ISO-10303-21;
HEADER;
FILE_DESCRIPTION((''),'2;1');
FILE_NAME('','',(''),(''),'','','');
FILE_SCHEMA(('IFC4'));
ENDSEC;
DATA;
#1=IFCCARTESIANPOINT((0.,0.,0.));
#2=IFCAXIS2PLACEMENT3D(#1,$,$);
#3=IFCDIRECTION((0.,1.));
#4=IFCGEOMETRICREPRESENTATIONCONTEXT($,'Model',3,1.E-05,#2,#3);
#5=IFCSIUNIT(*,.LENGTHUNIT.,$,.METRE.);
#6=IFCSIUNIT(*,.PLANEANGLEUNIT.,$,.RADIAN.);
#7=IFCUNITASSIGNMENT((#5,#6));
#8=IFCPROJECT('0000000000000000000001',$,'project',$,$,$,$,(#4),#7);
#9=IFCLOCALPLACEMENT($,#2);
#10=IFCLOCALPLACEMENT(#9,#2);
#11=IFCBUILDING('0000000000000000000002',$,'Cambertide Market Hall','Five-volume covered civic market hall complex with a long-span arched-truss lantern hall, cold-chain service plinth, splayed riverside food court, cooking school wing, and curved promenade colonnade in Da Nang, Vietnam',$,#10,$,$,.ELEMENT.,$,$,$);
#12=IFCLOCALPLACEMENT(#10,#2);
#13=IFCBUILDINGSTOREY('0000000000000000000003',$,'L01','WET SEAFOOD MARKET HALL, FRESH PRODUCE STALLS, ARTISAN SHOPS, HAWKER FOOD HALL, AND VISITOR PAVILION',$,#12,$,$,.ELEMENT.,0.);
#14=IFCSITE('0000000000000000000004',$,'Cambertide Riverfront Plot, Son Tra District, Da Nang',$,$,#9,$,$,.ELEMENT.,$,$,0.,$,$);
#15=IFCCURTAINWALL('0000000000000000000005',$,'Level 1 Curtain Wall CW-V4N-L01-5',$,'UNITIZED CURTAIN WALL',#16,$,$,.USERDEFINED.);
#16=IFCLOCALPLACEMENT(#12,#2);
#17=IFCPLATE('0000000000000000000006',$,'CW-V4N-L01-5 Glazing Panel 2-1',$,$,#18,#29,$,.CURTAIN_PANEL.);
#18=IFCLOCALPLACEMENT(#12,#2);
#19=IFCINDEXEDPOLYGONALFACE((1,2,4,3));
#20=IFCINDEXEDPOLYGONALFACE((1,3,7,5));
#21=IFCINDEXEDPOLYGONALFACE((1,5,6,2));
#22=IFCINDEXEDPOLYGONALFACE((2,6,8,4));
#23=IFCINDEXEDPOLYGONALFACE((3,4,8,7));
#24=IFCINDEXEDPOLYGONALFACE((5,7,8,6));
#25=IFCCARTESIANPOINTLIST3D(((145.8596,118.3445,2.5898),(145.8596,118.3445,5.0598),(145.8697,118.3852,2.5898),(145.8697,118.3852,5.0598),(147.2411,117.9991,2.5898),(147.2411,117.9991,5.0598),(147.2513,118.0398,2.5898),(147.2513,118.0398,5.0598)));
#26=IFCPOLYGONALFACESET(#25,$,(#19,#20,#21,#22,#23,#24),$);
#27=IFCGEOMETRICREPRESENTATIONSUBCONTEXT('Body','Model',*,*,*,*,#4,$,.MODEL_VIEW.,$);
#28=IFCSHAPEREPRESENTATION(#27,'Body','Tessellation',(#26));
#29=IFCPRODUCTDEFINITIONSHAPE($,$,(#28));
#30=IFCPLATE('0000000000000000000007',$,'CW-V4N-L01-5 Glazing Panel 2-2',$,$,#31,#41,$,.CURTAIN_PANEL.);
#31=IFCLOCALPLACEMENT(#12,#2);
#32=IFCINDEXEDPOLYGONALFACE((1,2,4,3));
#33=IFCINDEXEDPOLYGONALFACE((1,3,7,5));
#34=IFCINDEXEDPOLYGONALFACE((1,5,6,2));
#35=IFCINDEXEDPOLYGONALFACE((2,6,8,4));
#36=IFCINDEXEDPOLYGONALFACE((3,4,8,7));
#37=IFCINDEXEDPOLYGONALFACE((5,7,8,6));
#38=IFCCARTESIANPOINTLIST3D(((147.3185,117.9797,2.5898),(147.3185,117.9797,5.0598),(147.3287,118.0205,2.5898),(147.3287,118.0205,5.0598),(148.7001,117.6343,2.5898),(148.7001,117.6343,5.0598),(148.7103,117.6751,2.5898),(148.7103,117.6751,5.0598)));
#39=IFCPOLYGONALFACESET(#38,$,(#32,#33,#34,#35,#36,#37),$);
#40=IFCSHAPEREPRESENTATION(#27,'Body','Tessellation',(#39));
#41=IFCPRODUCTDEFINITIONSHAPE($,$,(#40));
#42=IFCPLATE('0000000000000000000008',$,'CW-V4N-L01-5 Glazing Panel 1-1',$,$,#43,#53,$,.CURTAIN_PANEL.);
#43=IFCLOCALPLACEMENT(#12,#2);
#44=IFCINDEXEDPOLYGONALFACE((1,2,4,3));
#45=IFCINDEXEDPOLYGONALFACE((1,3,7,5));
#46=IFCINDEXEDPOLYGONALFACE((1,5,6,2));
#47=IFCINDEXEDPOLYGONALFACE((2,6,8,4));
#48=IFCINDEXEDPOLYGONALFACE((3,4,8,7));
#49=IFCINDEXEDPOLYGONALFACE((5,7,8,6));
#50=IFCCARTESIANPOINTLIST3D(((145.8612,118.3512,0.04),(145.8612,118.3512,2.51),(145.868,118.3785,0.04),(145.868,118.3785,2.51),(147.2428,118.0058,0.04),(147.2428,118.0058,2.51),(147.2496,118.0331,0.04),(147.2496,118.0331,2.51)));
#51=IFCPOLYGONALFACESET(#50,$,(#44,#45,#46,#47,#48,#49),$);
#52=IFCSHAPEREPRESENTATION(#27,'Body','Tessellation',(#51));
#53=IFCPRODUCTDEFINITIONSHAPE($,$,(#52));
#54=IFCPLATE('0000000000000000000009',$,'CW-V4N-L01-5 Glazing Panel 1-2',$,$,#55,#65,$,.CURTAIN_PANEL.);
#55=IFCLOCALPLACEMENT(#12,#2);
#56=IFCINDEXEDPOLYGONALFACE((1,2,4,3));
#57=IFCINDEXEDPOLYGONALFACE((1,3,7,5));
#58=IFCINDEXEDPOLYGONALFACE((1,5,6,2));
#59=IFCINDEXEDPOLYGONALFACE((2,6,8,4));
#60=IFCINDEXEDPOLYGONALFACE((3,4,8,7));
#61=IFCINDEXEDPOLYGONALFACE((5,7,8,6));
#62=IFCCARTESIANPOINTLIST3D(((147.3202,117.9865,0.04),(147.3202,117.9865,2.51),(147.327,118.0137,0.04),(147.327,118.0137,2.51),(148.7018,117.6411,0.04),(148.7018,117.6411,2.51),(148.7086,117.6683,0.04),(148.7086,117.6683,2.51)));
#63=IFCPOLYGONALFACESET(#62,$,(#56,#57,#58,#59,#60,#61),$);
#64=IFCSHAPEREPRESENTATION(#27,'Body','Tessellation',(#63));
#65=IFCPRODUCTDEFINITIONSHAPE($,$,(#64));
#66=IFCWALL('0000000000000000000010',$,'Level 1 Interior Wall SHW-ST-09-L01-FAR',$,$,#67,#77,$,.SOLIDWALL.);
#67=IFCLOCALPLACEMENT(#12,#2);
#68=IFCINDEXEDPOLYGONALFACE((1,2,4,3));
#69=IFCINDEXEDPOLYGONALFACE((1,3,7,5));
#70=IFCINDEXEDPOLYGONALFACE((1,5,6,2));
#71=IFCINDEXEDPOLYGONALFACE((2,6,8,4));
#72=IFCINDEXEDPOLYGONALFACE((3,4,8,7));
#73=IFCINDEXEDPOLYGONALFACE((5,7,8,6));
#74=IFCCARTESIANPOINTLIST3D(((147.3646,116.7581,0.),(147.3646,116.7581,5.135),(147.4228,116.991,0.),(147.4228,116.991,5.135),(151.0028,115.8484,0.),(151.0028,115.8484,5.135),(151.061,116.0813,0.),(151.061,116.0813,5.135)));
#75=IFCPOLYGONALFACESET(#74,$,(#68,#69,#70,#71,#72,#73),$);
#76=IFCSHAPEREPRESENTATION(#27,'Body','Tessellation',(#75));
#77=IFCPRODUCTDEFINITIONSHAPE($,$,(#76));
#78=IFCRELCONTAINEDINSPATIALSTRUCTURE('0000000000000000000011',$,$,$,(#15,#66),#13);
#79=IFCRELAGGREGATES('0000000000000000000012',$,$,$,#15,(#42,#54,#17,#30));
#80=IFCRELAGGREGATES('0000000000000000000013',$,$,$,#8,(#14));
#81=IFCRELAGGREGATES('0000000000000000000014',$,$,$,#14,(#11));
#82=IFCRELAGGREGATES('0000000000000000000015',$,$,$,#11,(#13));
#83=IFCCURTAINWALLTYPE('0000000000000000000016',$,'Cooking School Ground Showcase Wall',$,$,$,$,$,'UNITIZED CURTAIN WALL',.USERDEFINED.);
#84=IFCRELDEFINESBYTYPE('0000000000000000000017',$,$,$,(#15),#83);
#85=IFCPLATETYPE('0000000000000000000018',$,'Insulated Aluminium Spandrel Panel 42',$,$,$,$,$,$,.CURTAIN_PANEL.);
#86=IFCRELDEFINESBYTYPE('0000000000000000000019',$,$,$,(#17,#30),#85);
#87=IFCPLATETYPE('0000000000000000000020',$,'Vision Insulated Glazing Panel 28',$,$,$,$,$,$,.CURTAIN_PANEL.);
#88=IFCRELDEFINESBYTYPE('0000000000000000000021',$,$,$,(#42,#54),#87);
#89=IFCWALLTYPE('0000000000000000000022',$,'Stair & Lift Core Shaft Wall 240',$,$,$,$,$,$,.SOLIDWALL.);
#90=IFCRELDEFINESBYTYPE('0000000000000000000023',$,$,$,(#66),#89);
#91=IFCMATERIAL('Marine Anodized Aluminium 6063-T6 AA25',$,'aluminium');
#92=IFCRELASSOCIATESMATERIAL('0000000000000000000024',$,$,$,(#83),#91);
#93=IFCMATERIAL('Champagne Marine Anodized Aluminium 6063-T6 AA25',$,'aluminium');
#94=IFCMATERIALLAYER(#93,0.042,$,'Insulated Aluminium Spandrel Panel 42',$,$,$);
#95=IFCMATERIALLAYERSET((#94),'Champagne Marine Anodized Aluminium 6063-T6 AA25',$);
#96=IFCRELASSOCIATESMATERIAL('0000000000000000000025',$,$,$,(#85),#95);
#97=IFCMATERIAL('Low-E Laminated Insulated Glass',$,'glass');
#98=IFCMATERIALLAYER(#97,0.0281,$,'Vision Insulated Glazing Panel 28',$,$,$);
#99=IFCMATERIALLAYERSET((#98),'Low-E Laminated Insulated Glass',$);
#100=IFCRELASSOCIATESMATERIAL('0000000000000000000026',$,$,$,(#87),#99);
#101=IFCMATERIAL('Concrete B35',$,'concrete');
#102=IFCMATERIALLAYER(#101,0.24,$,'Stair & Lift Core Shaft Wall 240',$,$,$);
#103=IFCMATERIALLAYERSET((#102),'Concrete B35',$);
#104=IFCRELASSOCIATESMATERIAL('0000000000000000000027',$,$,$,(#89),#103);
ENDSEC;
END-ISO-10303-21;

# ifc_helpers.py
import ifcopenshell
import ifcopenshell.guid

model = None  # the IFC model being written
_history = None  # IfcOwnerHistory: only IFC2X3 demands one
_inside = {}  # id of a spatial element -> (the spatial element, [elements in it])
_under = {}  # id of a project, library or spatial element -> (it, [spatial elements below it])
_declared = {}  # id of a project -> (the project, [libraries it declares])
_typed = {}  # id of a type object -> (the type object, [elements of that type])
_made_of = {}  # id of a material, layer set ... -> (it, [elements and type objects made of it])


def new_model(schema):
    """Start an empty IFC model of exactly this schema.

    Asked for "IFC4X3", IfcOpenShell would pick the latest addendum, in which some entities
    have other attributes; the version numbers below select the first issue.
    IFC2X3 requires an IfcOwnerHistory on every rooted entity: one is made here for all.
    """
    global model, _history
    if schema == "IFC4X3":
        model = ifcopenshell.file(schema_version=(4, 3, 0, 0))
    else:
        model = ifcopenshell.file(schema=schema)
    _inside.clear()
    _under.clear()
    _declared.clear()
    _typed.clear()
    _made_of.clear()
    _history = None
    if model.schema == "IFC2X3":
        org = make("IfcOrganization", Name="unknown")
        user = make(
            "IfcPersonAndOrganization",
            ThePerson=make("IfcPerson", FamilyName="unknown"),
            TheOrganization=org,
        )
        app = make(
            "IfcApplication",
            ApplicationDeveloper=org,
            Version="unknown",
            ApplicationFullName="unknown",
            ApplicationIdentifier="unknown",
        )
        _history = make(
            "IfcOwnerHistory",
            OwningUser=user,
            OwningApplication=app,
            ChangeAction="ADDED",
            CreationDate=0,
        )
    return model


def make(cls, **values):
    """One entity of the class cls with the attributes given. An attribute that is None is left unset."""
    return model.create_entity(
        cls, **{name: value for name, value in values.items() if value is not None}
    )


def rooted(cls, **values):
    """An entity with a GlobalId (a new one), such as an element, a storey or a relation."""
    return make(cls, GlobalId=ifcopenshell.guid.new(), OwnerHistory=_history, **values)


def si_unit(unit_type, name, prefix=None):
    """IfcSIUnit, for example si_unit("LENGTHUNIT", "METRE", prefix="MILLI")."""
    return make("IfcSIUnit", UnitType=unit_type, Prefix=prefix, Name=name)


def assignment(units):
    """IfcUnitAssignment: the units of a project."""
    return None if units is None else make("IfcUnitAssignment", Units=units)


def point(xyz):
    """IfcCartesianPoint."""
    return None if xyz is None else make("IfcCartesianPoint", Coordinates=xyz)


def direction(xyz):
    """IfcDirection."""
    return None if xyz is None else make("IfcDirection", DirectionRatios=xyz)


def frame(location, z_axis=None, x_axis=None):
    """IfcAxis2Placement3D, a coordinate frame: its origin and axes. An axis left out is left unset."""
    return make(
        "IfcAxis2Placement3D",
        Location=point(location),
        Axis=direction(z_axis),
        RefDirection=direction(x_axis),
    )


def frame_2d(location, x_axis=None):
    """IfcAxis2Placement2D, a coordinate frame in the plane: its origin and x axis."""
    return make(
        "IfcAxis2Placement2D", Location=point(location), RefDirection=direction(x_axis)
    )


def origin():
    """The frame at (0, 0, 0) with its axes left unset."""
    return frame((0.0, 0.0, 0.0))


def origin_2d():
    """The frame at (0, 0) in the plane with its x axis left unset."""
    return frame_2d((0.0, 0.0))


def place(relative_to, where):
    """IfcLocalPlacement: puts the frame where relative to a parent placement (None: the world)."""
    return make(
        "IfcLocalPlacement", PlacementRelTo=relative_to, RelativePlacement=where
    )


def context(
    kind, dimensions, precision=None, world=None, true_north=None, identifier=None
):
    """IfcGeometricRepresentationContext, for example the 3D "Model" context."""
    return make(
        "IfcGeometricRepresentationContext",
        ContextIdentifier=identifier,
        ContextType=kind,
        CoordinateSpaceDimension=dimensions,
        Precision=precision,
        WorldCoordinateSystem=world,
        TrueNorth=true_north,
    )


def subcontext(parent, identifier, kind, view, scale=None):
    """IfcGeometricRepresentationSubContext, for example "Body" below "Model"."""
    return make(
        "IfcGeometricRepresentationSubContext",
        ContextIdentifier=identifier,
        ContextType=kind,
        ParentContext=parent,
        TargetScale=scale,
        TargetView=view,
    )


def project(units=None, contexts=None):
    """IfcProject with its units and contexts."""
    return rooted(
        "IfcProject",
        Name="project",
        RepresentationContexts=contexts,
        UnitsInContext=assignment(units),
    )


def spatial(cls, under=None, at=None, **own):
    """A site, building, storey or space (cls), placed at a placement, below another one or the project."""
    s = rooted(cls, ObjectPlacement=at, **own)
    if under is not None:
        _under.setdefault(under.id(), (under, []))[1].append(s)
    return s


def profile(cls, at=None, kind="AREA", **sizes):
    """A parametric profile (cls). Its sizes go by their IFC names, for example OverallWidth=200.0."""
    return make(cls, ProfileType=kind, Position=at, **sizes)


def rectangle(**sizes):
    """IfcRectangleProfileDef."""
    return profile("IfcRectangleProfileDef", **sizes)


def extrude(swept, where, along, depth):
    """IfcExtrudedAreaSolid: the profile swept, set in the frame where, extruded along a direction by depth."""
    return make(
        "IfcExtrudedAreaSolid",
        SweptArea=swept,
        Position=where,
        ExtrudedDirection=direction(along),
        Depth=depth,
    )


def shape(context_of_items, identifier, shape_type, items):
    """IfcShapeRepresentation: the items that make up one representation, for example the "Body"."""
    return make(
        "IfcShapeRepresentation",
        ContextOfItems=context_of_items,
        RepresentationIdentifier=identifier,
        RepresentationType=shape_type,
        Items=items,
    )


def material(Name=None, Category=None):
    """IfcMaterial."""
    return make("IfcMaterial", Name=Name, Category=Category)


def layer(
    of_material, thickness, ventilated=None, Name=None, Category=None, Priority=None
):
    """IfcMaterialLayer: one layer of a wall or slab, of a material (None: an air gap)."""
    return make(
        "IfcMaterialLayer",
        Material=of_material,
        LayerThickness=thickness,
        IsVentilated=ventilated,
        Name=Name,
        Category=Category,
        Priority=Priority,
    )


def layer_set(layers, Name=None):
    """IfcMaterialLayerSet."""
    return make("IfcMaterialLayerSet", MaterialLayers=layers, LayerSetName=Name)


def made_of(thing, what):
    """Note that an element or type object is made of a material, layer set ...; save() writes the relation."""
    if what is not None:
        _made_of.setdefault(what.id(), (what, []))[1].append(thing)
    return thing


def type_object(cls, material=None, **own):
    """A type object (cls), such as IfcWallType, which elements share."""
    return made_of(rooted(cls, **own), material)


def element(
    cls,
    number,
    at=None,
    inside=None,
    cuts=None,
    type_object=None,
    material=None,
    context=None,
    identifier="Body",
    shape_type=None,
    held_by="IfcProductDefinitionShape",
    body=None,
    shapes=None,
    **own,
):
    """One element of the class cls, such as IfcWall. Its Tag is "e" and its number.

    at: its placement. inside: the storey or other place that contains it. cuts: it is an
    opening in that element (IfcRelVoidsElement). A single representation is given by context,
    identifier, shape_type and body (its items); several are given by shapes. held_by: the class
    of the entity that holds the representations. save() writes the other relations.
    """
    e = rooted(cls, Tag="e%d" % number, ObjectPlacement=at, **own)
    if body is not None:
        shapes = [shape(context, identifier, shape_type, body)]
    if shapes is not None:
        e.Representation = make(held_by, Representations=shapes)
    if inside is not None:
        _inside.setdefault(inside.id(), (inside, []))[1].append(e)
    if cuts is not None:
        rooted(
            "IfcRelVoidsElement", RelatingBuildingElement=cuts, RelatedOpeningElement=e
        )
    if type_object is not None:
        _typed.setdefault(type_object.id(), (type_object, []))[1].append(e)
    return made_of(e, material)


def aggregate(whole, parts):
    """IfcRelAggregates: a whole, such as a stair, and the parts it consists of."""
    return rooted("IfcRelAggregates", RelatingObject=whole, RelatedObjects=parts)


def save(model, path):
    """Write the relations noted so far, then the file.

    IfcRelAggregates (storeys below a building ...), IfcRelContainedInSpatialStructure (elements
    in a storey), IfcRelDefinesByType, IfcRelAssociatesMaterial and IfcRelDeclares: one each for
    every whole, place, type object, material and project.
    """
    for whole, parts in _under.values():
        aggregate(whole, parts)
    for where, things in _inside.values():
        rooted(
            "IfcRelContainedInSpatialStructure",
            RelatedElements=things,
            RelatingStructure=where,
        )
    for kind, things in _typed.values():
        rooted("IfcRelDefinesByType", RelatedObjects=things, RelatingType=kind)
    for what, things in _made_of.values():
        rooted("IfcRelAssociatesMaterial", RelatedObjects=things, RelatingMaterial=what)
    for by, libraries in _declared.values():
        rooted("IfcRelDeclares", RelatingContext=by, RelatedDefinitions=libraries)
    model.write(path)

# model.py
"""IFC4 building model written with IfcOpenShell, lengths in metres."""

from ifc_helpers import new_model, si_unit, direction, frame, frame_2d, origin, origin_2d, place, context, subcontext, project, spatial, rectangle, extrude, material, layer, layer_set, type_object, element, aggregate, save


model = new_model("IFC4")

# Units and contexts
model_context = context("Model", 3, precision=1e-05, world=origin(), true_north=direction((0.0, 1.0)))
body_context = subcontext(model_context, "Body", "Model", "MODEL_VIEW")
ifc_project = project(units=[si_unit("LENGTHUNIT", "METRE"), si_unit("PLANEANGLEUNIT", "RADIAN")], contexts=[model_context])

# Site, building, storey
site_placement = place(None, origin())
site = spatial("IfcSite", under=ifc_project, at=site_placement, Name="Cambertide Riverfront Plot, Son Tra District, Da Nang", CompositionType="ELEMENT", RefElevation=0.0)
building_placement = place(site_placement, origin())
building = spatial("IfcBuilding", under=site, at=building_placement, Name="Cambertide Market Hall", Description="Five-volume covered civic market hall complex with a long-span arched-truss lantern hall, cold-chain service plinth, splayed riverside food court, cooking school wing, and curved promenade colonnade in Da Nang, Vietnam", CompositionType="ELEMENT")
storey_placement = place(building_placement, origin())
storey = spatial("IfcBuildingStorey", under=building, at=storey_placement, Name="L01", Description="WET SEAFOOD MARKET HALL, FRESH PRODUCE STALLS, ARTISAN SHOPS, HAWKER FOOD HALL, AND VISITOR PAVILION", CompositionType="ELEMENT", Elevation=0.0)

# Curtain wall
ifc_material_1 = material(Name="Marine Anodized Aluminium 6063-T6 AA25", Category="aluminium")
curtain_wall_type = type_object("IfcCurtainWallType", Name="Cooking School Ground Showcase Wall", ElementType="UNITIZED CURTAIN WALL", PredefinedType="USERDEFINED", material=ifc_material_1)
curtain_wall_placement = place(storey_placement, origin())
curtain_wall = element("IfcCurtainWall", 1, at=curtain_wall_placement, inside=storey, type_object=curtain_wall_type, Name="Level 1 Curtain Wall CW-V4N-L01-5", ObjectType="UNITIZED CURTAIN WALL", PredefinedType="USERDEFINED")

# Plates
ifc_material_2 = material(Name="Champagne Marine Anodized Aluminium 6063-T6 AA25", Category="aluminium")
ifc_layer_1 = layer(ifc_material_2, 0.042, Name="Insulated Aluminium Spandrel Panel 42")
ifc_layer_set_1 = layer_set([ifc_layer_1], Name="Champagne Marine Anodized Aluminium 6063-T6 AA25")
plate_type_1 = type_object("IfcPlateType", Name="Insulated Aluminium Spandrel Panel 42", PredefinedType="CURTAIN_PANEL", material=ifc_layer_set_1)
plate_1_placement = place(storey_placement, frame((146.5554, 118.1921, 2.5898), z_axis=(0.0, 0.0, 1.0), x_axis=(0.970143, -0.242536, 0.0)))
plate_1 = element("IfcPlate", 2, at=plate_1_placement, type_object=plate_type_1, Name="CW-V4N-L01-5 Glazing Panel 2-1", PredefinedType="CURTAIN_PANEL", context=body_context, shape_type="SweptSolid", body=[
    extrude(rectangle(XDim=1.4241, YDim=0.042, at=origin_2d()), origin(), (0.0, 0.0, 1.0), 2.47),
])
plate_2_placement = place(storey_placement, frame((148.0144, 117.8274, 2.5898), z_axis=(0.0, 0.0, 1.0), x_axis=(0.970143, -0.242536, 0.0)))
plate_2 = element("IfcPlate", 3, at=plate_2_placement, type_object=plate_type_1, Name="CW-V4N-L01-5 Glazing Panel 2-2", PredefinedType="CURTAIN_PANEL", context=body_context, shape_type="SweptSolid", body=[
    extrude(rectangle(XDim=1.4241, YDim=0.042, at=origin_2d()), origin(), (0.0, 0.0, 1.0), 2.47),
])
ifc_material_3 = material(Name="Low-E Laminated Insulated Glass", Category="glass")
ifc_layer_2 = layer(ifc_material_3, 0.0281, Name="Vision Insulated Glazing Panel 28")
ifc_layer_set_2 = layer_set([ifc_layer_2], Name="Low-E Laminated Insulated Glass")
plate_type_2 = type_object("IfcPlateType", Name="Vision Insulated Glazing Panel 28", PredefinedType="CURTAIN_PANEL", material=ifc_layer_set_2)
plate_3_placement = place(storey_placement, frame((146.5554, 118.1921, 0.04), z_axis=(0.0, 0.0, 1.0), x_axis=(0.970143, -0.242536, 0.0)))
plate_3 = element("IfcPlate", 4, at=plate_3_placement, type_object=plate_type_2, Name="CW-V4N-L01-5 Glazing Panel 1-1", PredefinedType="CURTAIN_PANEL", context=body_context, shape_type="SweptSolid", body=[
    extrude(rectangle(XDim=1.4241, YDim=0.0281, at=origin_2d()), origin(), (0.0, 0.0, 1.0), 2.47),
])
plate_4_placement = place(storey_placement, frame((148.0144, 117.8274, 0.04), z_axis=(0.0, 0.0, 1.0), x_axis=(0.970143, -0.242536, 0.0)))
plate_4 = element("IfcPlate", 5, at=plate_4_placement, type_object=plate_type_2, Name="CW-V4N-L01-5 Glazing Panel 1-2", PredefinedType="CURTAIN_PANEL", context=body_context, shape_type="SweptSolid", body=[
    extrude(rectangle(XDim=1.4241, YDim=0.0281, at=origin_2d()), origin(), (0.0, 0.0, 1.0), 2.47),
])
aggregate(curtain_wall, [plate_3, plate_4, plate_1, plate_2])

# Wall
ifc_material_4 = material(Name="Concrete B35", Category="concrete")
ifc_layer_3 = layer(ifc_material_4, 0.24, Name="Stair & Lift Core Shaft Wall 240")
ifc_layer_set_3 = layer_set([ifc_layer_3], Name="Concrete B35")
wall_type = type_object("IfcWallType", Name="Stair & Lift Core Shaft Wall 240", PredefinedType="SOLIDWALL", material=ifc_layer_set_3)
wall_placement = place(storey_placement, frame((147.3938, 116.8745, 0.0), z_axis=(0.0, 0.0, 1.0), x_axis=(0.970135, -0.242566, 0.0)))
element("IfcWall", 6, at=wall_placement, inside=storey, type_object=wall_type, Name="Level 1 Interior Wall SHW-ST-09-L01-FAR", PredefinedType="SOLIDWALL", context=body_context, shape_type="SweptSolid", body=[
    extrude(rectangle(XDim=3.7502, YDim=0.24, at=frame_2d((1.875, 0.0))), origin(), (0.0, 0.0, 1.0), 5.135),
])

save(model, "model.ifc")
